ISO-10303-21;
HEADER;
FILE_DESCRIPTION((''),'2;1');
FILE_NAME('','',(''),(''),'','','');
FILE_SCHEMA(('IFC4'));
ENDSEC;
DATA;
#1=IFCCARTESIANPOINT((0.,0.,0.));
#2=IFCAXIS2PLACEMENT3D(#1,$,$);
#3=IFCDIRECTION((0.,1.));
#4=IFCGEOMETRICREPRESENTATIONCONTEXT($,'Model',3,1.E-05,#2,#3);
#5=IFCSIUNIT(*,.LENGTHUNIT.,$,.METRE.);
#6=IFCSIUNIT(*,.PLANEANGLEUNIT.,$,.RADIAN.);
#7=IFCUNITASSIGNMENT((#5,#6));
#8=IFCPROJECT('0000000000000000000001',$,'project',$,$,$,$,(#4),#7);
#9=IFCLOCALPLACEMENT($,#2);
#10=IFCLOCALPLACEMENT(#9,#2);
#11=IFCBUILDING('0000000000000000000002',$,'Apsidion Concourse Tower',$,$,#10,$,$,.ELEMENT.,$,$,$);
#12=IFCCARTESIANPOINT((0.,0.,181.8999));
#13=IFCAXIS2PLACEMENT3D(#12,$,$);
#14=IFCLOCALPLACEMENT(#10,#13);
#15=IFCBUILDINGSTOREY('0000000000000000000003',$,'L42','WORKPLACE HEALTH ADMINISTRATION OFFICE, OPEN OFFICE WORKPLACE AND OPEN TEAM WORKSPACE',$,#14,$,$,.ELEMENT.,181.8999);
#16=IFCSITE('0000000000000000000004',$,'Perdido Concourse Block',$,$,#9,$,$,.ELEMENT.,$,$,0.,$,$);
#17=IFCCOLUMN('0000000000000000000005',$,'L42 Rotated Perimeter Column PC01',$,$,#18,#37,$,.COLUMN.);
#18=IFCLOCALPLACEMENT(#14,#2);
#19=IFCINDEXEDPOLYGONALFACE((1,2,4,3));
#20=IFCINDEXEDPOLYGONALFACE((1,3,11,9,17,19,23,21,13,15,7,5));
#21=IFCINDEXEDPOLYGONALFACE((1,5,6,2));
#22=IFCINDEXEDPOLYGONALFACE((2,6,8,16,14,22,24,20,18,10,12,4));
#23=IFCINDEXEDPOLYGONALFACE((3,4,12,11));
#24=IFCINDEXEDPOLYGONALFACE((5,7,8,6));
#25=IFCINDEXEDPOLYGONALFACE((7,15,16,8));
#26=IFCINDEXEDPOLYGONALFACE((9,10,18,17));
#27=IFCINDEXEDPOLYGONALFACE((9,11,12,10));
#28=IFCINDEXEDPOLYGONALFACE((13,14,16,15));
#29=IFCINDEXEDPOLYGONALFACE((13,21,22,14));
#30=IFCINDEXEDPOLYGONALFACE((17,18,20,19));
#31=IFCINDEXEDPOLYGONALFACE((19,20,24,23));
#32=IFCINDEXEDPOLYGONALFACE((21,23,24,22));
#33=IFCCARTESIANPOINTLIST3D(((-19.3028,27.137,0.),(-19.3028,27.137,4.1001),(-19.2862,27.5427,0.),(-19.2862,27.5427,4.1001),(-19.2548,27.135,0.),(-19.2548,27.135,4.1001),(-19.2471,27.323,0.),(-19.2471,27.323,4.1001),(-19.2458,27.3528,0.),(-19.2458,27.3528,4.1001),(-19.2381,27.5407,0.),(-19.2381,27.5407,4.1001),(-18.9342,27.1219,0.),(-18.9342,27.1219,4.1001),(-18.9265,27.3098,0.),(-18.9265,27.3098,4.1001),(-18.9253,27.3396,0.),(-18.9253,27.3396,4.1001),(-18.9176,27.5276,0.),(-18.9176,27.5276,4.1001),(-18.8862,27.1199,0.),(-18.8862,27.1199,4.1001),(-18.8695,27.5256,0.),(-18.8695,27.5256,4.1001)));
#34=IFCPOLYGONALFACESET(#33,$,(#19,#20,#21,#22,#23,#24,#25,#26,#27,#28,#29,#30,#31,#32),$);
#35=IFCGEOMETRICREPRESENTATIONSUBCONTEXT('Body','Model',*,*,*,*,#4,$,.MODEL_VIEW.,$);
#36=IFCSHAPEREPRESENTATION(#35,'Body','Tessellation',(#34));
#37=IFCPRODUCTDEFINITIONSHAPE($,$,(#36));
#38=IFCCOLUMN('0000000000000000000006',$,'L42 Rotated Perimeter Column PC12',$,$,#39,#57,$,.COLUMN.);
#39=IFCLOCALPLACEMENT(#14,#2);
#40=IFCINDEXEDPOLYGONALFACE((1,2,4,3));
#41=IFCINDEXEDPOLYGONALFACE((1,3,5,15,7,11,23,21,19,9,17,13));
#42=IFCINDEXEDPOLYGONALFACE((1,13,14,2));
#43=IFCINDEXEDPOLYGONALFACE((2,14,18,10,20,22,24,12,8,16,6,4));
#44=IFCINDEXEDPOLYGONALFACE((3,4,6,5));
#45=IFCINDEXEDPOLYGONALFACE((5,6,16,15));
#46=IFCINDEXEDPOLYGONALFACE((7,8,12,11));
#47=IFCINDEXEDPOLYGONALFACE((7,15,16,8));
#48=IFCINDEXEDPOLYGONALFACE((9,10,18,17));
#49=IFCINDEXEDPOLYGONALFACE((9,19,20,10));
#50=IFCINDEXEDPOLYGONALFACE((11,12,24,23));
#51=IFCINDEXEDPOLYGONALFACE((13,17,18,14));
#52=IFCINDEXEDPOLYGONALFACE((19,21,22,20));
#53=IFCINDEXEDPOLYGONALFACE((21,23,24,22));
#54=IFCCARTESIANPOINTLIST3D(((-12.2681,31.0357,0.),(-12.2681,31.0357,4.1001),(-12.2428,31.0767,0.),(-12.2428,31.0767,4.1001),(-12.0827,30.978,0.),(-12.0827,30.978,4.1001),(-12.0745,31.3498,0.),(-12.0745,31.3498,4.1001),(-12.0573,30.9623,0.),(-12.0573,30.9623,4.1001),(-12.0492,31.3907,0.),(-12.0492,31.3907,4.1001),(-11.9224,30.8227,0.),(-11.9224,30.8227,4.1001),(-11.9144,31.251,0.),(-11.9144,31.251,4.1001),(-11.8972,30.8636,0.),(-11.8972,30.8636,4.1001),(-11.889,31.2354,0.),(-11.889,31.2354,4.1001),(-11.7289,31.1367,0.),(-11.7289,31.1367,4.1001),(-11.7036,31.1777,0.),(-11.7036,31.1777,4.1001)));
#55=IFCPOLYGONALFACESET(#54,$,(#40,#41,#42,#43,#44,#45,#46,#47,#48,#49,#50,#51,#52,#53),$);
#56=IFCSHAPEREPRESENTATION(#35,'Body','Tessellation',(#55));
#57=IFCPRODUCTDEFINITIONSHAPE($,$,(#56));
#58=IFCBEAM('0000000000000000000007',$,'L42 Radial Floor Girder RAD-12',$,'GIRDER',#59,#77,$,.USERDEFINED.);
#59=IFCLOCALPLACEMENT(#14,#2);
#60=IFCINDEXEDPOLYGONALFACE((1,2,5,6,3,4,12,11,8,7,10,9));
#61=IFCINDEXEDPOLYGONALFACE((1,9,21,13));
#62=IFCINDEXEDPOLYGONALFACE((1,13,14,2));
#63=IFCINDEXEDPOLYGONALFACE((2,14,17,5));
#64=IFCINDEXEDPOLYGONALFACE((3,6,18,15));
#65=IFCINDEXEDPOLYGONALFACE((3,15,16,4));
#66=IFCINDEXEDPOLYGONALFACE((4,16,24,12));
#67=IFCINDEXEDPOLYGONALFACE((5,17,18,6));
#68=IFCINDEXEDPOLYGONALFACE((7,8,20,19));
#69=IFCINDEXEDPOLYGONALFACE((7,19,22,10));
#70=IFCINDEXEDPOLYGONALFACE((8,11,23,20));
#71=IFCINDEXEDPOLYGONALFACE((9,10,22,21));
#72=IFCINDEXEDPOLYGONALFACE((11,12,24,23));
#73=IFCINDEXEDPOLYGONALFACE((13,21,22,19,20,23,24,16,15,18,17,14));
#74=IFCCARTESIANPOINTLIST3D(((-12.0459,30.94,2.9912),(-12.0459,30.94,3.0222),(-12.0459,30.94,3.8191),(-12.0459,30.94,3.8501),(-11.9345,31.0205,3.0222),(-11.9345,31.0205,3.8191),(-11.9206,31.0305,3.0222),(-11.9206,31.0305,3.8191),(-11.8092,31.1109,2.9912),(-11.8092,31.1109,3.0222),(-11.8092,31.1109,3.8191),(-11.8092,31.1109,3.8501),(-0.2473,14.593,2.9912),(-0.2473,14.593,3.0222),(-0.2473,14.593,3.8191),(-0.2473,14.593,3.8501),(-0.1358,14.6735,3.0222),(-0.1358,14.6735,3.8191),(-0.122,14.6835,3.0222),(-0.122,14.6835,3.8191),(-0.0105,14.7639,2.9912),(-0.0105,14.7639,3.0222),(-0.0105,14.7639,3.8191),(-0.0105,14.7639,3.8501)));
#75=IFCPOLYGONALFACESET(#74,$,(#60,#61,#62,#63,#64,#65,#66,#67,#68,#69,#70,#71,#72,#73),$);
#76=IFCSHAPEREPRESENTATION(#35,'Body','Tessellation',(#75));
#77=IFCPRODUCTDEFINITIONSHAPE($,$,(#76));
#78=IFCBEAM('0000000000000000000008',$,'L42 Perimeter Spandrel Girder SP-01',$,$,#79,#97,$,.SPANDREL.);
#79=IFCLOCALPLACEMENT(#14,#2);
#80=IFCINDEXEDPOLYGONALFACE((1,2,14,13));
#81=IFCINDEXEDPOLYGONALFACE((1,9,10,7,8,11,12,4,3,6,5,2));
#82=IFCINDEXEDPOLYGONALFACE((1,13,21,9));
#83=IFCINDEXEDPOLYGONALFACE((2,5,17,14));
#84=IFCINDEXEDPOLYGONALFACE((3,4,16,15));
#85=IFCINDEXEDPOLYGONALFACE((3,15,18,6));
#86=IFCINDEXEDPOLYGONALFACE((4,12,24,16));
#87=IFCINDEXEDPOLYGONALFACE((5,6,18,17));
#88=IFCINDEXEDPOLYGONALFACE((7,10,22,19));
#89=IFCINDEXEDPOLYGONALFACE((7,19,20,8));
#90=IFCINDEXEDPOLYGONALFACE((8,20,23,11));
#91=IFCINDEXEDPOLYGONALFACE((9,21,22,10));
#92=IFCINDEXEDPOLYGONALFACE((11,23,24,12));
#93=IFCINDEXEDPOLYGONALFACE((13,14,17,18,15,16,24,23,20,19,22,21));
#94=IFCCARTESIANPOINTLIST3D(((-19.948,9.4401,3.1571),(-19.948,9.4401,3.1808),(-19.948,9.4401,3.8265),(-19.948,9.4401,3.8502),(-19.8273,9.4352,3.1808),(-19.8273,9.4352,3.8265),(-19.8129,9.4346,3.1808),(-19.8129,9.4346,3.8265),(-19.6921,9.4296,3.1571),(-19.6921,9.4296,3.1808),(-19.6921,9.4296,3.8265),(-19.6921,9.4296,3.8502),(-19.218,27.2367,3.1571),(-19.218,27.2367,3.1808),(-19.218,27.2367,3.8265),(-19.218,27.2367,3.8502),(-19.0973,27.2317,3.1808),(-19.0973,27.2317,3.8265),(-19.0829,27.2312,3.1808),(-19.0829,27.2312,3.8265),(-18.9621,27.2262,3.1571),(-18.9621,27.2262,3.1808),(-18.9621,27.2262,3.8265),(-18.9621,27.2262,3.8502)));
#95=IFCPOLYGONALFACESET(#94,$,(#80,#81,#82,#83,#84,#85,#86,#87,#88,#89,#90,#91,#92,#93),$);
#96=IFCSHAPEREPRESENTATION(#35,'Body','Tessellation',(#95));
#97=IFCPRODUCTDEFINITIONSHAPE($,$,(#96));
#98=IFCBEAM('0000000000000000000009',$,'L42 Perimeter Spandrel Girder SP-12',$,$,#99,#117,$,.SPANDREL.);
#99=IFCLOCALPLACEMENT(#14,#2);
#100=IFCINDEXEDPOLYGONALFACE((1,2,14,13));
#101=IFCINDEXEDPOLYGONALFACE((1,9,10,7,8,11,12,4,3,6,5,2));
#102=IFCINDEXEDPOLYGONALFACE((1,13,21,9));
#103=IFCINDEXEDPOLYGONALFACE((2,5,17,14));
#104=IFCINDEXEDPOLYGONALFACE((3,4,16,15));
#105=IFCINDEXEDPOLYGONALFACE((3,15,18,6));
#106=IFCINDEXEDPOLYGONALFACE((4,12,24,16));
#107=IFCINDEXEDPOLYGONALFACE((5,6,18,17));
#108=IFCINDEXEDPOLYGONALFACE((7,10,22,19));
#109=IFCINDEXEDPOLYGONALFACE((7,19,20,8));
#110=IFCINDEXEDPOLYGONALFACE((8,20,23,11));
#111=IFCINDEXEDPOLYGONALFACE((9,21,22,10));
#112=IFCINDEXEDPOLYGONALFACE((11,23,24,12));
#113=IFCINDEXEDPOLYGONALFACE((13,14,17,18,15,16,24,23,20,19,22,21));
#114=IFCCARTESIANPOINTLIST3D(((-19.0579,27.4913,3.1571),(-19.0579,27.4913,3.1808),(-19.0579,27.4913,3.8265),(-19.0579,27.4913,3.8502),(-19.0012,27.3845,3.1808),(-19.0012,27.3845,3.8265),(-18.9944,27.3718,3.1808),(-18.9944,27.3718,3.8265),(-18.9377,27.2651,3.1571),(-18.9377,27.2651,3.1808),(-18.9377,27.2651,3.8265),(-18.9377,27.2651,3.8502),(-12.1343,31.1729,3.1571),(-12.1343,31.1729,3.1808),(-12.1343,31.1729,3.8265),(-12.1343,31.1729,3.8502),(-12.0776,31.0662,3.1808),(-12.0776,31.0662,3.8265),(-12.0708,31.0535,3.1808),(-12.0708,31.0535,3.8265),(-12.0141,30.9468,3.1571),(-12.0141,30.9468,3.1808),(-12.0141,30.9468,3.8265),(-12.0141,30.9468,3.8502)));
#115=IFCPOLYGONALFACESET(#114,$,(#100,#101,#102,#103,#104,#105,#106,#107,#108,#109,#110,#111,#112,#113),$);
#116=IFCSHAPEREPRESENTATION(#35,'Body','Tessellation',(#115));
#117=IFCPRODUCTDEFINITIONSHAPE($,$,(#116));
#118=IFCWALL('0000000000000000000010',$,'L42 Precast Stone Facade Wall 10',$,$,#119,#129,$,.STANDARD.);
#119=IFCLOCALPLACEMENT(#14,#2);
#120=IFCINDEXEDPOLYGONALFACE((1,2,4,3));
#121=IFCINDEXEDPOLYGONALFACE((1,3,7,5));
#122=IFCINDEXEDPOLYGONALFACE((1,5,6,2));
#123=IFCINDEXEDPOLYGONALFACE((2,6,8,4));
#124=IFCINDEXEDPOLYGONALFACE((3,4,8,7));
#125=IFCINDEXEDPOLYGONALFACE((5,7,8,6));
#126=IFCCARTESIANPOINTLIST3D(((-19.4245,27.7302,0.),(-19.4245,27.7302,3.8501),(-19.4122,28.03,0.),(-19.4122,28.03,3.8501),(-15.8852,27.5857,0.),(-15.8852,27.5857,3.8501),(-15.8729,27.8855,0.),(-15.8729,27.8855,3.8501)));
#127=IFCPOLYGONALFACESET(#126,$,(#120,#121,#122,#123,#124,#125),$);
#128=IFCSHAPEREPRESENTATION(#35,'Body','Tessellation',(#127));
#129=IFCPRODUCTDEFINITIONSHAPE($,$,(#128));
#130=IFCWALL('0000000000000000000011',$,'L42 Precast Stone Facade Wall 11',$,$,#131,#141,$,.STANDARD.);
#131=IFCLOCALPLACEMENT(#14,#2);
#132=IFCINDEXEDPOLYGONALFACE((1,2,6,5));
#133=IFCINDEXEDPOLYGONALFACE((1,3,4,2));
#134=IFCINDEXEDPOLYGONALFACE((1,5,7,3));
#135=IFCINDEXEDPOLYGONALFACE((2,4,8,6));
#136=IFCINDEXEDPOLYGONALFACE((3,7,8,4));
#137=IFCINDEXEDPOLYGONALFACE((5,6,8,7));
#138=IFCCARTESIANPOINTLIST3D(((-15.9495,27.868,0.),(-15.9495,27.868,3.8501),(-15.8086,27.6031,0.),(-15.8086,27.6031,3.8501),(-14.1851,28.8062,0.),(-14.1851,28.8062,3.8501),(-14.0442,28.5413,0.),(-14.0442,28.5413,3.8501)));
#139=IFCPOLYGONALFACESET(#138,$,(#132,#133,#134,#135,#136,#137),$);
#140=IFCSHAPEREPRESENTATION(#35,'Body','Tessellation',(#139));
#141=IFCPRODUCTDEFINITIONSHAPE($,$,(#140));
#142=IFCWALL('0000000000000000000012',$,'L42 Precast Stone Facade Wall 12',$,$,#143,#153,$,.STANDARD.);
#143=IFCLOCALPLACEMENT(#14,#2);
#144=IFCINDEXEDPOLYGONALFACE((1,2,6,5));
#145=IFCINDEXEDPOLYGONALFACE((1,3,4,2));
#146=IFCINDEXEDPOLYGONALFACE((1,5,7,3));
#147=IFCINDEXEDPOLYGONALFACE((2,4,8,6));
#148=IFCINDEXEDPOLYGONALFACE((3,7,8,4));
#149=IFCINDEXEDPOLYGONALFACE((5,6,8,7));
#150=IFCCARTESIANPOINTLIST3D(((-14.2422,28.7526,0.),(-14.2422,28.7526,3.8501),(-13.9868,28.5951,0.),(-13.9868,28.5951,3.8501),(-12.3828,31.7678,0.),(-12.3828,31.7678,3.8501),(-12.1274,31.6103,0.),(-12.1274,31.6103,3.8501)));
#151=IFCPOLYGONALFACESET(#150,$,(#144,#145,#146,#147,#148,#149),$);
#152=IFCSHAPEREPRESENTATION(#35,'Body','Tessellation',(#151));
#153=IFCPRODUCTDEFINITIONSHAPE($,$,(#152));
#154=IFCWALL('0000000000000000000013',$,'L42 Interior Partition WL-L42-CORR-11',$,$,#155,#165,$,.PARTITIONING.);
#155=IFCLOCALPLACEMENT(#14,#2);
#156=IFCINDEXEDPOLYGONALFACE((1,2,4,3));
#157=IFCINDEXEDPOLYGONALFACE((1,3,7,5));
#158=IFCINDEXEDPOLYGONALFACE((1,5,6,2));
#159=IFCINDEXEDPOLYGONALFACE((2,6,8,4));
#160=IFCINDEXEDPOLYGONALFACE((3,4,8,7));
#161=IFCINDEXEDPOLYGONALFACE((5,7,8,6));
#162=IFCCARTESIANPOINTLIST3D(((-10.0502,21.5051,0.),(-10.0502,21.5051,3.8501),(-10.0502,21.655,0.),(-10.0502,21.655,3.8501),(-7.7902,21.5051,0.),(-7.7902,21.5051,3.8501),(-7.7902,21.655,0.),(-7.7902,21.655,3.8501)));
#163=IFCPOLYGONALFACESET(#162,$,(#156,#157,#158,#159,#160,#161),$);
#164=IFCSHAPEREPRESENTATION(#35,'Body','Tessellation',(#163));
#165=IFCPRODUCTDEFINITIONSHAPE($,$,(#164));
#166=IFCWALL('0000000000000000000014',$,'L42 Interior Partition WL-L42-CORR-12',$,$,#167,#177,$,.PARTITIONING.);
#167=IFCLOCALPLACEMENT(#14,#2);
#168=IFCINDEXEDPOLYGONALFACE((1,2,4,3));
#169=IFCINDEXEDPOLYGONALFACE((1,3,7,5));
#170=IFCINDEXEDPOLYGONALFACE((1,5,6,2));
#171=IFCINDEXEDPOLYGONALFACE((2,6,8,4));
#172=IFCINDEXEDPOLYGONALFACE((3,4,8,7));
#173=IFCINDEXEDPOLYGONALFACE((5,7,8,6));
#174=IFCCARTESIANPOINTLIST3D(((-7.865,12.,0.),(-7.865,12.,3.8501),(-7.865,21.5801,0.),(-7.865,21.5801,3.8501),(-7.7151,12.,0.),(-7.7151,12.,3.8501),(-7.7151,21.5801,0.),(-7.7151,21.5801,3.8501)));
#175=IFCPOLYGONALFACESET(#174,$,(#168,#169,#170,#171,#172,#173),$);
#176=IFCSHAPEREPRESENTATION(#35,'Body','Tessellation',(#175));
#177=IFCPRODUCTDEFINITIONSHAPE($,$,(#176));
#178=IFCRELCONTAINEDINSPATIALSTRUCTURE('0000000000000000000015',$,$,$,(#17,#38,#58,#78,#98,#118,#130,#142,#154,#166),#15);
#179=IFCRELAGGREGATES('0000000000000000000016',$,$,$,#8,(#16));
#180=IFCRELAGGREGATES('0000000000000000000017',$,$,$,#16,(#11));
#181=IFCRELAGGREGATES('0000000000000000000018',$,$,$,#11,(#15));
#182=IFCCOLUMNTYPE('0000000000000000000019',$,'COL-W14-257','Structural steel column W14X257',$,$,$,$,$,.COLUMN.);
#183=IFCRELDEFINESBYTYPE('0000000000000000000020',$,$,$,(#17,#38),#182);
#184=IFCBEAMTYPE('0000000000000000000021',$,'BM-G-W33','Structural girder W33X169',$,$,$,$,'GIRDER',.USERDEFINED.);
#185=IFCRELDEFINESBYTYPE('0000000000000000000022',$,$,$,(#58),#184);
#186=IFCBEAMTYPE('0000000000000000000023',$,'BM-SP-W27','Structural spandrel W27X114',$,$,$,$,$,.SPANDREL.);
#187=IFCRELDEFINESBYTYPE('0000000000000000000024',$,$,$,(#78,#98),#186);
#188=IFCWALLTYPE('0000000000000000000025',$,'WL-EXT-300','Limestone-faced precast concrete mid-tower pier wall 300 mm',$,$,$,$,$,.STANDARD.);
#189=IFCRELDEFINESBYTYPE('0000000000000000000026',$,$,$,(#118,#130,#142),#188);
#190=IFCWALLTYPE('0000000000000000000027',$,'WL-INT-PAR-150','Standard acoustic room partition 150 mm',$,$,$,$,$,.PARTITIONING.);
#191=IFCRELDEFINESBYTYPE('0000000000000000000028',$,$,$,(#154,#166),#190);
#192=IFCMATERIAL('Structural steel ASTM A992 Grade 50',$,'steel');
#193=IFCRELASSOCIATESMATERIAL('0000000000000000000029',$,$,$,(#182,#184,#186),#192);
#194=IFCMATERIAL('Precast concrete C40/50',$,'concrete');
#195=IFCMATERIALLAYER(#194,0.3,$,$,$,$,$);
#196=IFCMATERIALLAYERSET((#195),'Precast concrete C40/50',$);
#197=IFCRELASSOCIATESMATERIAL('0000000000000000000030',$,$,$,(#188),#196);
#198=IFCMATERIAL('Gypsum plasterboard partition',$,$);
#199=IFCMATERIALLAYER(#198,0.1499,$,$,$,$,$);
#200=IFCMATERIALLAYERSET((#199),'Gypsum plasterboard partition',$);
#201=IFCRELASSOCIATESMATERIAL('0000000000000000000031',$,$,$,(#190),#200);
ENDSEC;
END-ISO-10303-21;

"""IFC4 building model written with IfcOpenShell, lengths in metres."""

from ifc_helpers import new_model, si_unit, direction, frame, frame_2d, origin, origin_2d, place, context, subcontext, project, spatial, rectangle, i_section, extrude, material, layer, layer_set, material_profile, profile_set, type_object, element, save


model = new_model("IFC4")

# Units and contexts
model_context = context("Model", 3, precision=1e-05, world=origin(), true_north=direction((0.0, 1.0)))
body_context = subcontext(model_context, "Body", "Model", "MODEL_VIEW")
ifc_project = project(units=[si_unit("LENGTHUNIT", "METRE"), si_unit("PLANEANGLEUNIT", "RADIAN")], contexts=[model_context])

# Site, building, storey
site_placement = place(None, origin())
site = spatial("IfcSite", under=ifc_project, at=site_placement, Name="Perdido Concourse Block", CompositionType="ELEMENT", RefElevation=0.0)
building_placement = place(site_placement, origin())
building = spatial("IfcBuilding", under=site, at=building_placement, Name="Apsidion Concourse Tower", CompositionType="ELEMENT")
storey_placement = place(building_placement, frame((0.0, 0.0, 181.8999)))
storey = spatial("IfcBuildingStorey", under=building, at=storey_placement, Name="L42", Description="WORKPLACE HEALTH ADMINISTRATION OFFICE, OPEN OFFICE WORKPLACE AND OPEN TEAM WORKSPACE", CompositionType="ELEMENT", Elevation=181.8999)

# Columns
ifc_material_1 = material(Name="Structural steel ASTM A992 Grade 50", Category="steel")
ifc_material_profile_1 = material_profile(ifc_material_1, i_section(OverallWidth=0.406, OverallDepth=0.417, WebThickness=0.0298, FlangeThickness=0.0481, at=origin_2d()), Name="W14X257")
ifc_profile_set_1 = profile_set([ifc_material_profile_1], Name="Structural steel ASTM A992 Grade 50")
column_type = type_object("IfcColumnType", Name="COL-W14-257", Description="Structural steel column W14X257", PredefinedType="COLUMN", material=ifc_profile_set_1)
for number, where, z_axis, x_axis, name in (
    (1, (-19.0862, 27.3313, 0.0), (0.0, 0.0, 1.0), (0.041004, 0.999159, 0.0), "L42 Rotated Perimeter Column PC01"),
    (2, (-11.9858, 31.1067, 0.0), (0.0, 0.0, 1.0), (-0.851269, 0.524729, 0.0), "L42 Rotated Perimeter Column PC12"),
):
    element("IfcColumn", number, at=place(storey_placement, frame(where, z_axis=z_axis, x_axis=x_axis)), inside=storey, type_object=column_type, Name=name, PredefinedType="COLUMN", context=body_context, shape_type="SweptSolid", body=[
        extrude(i_section(OverallWidth=0.406, OverallDepth=0.417, WebThickness=0.0298, FlangeThickness=0.0481, at=origin_2d()), origin(), (0.0, 0.0, 1.0), 4.1001),
    ])

# Beams
ifc_material_profile_2 = material_profile(ifc_material_1, i_section(OverallWidth=0.292, OverallDepth=0.8589, WebThickness=0.0171, FlangeThickness=0.031, at=origin_2d()), Name="W33X169")
ifc_profile_set_2 = profile_set([ifc_material_profile_2], Name="Structural steel ASTM A992 Grade 50")
beam_type_1 = type_object("IfcBeamType", Name="BM-G-W33", Description="Structural girder W33X169", ElementType="GIRDER", PredefinedType="USERDEFINED", material=ifc_profile_set_2)
beam_1_placement = place(storey_placement, frame((-0.1289, 14.6785, 3.4207), z_axis=(-0.585245, 0.810856, 0.0), x_axis=(-0.810856, -0.585245, 0.0)))
element("IfcBeam", 3, at=beam_1_placement, inside=storey, type_object=beam_type_1, Name="L42 Radial Floor Girder RAD-12", ObjectType="GIRDER", PredefinedType="USERDEFINED", context=body_context, shape_type="SweptSolid", body=[
    extrude(i_section(OverallWidth=0.292, OverallDepth=0.8589, WebThickness=0.0171, FlangeThickness=0.031, at=origin_2d()), origin(), (0.0, 0.0, 1.0), 20.1602),
])
ifc_material_profile_3 = material_profile(ifc_material_1, i_section(OverallWidth=0.2561, OverallDepth=0.6931, WebThickness=0.0144, FlangeThickness=0.0237, at=origin_2d()), Name="W27X114")
ifc_profile_set_3 = profile_set([ifc_material_profile_3], Name="Structural steel ASTM A992 Grade 50")
beam_type_2 = type_object("IfcBeamType", Name="BM-SP-W27", Description="Structural spandrel W27X114", PredefinedType="SPANDREL", material=ifc_profile_set_3)
beam_2_placement = place(storey_placement, frame((-19.0901, 27.2314, 3.5037), z_axis=(-0.040983, -0.99916, 0.0), x_axis=(0.99916, -0.040983, 0.0)))
element("IfcBeam", 4, at=beam_2_placement, inside=storey, type_object=beam_type_2, Name="L42 Perimeter Spandrel Girder SP-01", PredefinedType="SPANDREL", context=body_context, shape_type="SweptSolid", body=[
    extrude(i_section(OverallWidth=0.2561, OverallDepth=0.6931, WebThickness=0.0144, FlangeThickness=0.0237, at=origin_2d()), origin(), (0.0, 0.0, 1.0), 17.8115),
])
beam_3_placement = place(storey_placement, frame((-12.0742, 31.0598, 3.5037), z_axis=(-0.882931, -0.469502, 0.0), x_axis=(0.469502, -0.882931, 0.0)))
element("IfcBeam", 5, at=beam_3_placement, inside=storey, type_object=beam_type_2, Name="L42 Perimeter Spandrel Girder SP-12", PredefinedType="SPANDREL", context=body_context, shape_type="SweptSolid", body=[
    extrude(i_section(OverallWidth=0.2561, OverallDepth=0.6931, WebThickness=0.0144, FlangeThickness=0.0237, at=origin_2d()), origin(), (0.0, 0.0, 1.0), 7.8416),
])

# Shared definitions
ifc_material_2 = material(Name="Precast concrete C40/50", Category="concrete")
ifc_layer_1 = layer(ifc_material_2, 0.3)
ifc_layer_set_1 = layer_set([ifc_layer_1], Name="Precast concrete C40/50")
wall_type_1 = type_object("IfcWallType", Name="WL-EXT-300", Description="Limestone-faced precast concrete mid-tower pier wall 300 mm", PredefinedType="STANDARD", material=ifc_layer_set_1)

# Walls
wall_1_placement = place(storey_placement, frame((-19.4182, 27.8801, 0.0), z_axis=(0.0, 0.0, 1.0), x_axis=(0.999167, -0.040802, 0.0)))
element("IfcWall", 6, at=wall_1_placement, inside=storey, type_object=wall_type_1, Name="L42 Precast Stone Facade Wall 10", PredefinedType="STANDARD", context=body_context, shape_type="SweptSolid", body=[
    extrude(rectangle(XDim=3.5422, YDim=0.3, at=frame_2d((1.771, 0.0))), origin(), (0.0, 0.0, 1.0), 3.8501),
])
wall_2_placement = place(storey_placement, frame((-15.8789, 27.7356, 0.0), z_axis=(0.0, 0.0, 1.0), x_axis=(0.882931, 0.469504, 0.0)))
element("IfcWall", 7, at=wall_2_placement, inside=storey, type_object=wall_type_1, Name="L42 Precast Stone Facade Wall 11", PredefinedType="STANDARD", context=body_context, shape_type="SweptSolid", body=[
    extrude(rectangle(XDim=1.9983, YDim=0.3, at=frame_2d((0.999, 0.0))), origin(), (0.0, 0.0, 1.0), 3.8501),
])
wall_3_placement = place(storey_placement, frame((-14.1145, 28.6738, 0.0), z_axis=(0.0, 0.0, 1.0), x_axis=(0.524897, 0.851166, 0.0)))
element("IfcWall", 8, at=wall_3_placement, inside=storey, type_object=wall_type_1, Name="L42 Precast Stone Facade Wall 12", PredefinedType="STANDARD", context=body_context, shape_type="SweptSolid", body=[
    extrude(rectangle(XDim=3.5425, YDim=0.3, at=frame_2d((1.7712, 0.0))), origin(), (0.0, 0.0, 1.0), 3.8501),
])
ifc_material_3 = material(Name="Gypsum plasterboard partition")
ifc_layer_2 = layer(ifc_material_3, 0.1499)
ifc_layer_set_2 = layer_set([ifc_layer_2], Name="Gypsum plasterboard partition")
wall_type_2 = type_object("IfcWallType", Name="WL-INT-PAR-150", Description="Standard acoustic room partition 150 mm", PredefinedType="PARTITIONING", material=ifc_layer_set_2)
wall_4_placement = place(storey_placement, frame((-10.05, 21.5801, 0.0), z_axis=(0.0, 0.0, 1.0), x_axis=(1.0, 0.0, 0.0)))
element("IfcWall", 9, at=wall_4_placement, inside=storey, type_object=wall_type_2, Name="L42 Interior Partition WL-L42-CORR-11", PredefinedType="PARTITIONING", context=body_context, shape_type="SweptSolid", body=[
    extrude(rectangle(XDim=2.26, YDim=0.1499, at=frame_2d((1.1299, 0.0))), origin(), (0.0, 0.0, 1.0), 3.8501),
])
wall_5_placement = place(storey_placement, frame((-7.79, 21.5801, 0.0), z_axis=(0.0, 0.0, 1.0), x_axis=(0.0, -1.0, 0.0)))
element("IfcWall", 10, at=wall_5_placement, inside=storey, type_object=wall_type_2, Name="L42 Interior Partition WL-L42-CORR-12", PredefinedType="PARTITIONING", context=body_context, shape_type="SweptSolid", body=[
    extrude(rectangle(XDim=9.5801, YDim=0.1499, at=frame_2d((4.79, 0.0))), origin(), (0.0, 0.0, 1.0), 3.8501),
])

save(model, "model.ifc")
